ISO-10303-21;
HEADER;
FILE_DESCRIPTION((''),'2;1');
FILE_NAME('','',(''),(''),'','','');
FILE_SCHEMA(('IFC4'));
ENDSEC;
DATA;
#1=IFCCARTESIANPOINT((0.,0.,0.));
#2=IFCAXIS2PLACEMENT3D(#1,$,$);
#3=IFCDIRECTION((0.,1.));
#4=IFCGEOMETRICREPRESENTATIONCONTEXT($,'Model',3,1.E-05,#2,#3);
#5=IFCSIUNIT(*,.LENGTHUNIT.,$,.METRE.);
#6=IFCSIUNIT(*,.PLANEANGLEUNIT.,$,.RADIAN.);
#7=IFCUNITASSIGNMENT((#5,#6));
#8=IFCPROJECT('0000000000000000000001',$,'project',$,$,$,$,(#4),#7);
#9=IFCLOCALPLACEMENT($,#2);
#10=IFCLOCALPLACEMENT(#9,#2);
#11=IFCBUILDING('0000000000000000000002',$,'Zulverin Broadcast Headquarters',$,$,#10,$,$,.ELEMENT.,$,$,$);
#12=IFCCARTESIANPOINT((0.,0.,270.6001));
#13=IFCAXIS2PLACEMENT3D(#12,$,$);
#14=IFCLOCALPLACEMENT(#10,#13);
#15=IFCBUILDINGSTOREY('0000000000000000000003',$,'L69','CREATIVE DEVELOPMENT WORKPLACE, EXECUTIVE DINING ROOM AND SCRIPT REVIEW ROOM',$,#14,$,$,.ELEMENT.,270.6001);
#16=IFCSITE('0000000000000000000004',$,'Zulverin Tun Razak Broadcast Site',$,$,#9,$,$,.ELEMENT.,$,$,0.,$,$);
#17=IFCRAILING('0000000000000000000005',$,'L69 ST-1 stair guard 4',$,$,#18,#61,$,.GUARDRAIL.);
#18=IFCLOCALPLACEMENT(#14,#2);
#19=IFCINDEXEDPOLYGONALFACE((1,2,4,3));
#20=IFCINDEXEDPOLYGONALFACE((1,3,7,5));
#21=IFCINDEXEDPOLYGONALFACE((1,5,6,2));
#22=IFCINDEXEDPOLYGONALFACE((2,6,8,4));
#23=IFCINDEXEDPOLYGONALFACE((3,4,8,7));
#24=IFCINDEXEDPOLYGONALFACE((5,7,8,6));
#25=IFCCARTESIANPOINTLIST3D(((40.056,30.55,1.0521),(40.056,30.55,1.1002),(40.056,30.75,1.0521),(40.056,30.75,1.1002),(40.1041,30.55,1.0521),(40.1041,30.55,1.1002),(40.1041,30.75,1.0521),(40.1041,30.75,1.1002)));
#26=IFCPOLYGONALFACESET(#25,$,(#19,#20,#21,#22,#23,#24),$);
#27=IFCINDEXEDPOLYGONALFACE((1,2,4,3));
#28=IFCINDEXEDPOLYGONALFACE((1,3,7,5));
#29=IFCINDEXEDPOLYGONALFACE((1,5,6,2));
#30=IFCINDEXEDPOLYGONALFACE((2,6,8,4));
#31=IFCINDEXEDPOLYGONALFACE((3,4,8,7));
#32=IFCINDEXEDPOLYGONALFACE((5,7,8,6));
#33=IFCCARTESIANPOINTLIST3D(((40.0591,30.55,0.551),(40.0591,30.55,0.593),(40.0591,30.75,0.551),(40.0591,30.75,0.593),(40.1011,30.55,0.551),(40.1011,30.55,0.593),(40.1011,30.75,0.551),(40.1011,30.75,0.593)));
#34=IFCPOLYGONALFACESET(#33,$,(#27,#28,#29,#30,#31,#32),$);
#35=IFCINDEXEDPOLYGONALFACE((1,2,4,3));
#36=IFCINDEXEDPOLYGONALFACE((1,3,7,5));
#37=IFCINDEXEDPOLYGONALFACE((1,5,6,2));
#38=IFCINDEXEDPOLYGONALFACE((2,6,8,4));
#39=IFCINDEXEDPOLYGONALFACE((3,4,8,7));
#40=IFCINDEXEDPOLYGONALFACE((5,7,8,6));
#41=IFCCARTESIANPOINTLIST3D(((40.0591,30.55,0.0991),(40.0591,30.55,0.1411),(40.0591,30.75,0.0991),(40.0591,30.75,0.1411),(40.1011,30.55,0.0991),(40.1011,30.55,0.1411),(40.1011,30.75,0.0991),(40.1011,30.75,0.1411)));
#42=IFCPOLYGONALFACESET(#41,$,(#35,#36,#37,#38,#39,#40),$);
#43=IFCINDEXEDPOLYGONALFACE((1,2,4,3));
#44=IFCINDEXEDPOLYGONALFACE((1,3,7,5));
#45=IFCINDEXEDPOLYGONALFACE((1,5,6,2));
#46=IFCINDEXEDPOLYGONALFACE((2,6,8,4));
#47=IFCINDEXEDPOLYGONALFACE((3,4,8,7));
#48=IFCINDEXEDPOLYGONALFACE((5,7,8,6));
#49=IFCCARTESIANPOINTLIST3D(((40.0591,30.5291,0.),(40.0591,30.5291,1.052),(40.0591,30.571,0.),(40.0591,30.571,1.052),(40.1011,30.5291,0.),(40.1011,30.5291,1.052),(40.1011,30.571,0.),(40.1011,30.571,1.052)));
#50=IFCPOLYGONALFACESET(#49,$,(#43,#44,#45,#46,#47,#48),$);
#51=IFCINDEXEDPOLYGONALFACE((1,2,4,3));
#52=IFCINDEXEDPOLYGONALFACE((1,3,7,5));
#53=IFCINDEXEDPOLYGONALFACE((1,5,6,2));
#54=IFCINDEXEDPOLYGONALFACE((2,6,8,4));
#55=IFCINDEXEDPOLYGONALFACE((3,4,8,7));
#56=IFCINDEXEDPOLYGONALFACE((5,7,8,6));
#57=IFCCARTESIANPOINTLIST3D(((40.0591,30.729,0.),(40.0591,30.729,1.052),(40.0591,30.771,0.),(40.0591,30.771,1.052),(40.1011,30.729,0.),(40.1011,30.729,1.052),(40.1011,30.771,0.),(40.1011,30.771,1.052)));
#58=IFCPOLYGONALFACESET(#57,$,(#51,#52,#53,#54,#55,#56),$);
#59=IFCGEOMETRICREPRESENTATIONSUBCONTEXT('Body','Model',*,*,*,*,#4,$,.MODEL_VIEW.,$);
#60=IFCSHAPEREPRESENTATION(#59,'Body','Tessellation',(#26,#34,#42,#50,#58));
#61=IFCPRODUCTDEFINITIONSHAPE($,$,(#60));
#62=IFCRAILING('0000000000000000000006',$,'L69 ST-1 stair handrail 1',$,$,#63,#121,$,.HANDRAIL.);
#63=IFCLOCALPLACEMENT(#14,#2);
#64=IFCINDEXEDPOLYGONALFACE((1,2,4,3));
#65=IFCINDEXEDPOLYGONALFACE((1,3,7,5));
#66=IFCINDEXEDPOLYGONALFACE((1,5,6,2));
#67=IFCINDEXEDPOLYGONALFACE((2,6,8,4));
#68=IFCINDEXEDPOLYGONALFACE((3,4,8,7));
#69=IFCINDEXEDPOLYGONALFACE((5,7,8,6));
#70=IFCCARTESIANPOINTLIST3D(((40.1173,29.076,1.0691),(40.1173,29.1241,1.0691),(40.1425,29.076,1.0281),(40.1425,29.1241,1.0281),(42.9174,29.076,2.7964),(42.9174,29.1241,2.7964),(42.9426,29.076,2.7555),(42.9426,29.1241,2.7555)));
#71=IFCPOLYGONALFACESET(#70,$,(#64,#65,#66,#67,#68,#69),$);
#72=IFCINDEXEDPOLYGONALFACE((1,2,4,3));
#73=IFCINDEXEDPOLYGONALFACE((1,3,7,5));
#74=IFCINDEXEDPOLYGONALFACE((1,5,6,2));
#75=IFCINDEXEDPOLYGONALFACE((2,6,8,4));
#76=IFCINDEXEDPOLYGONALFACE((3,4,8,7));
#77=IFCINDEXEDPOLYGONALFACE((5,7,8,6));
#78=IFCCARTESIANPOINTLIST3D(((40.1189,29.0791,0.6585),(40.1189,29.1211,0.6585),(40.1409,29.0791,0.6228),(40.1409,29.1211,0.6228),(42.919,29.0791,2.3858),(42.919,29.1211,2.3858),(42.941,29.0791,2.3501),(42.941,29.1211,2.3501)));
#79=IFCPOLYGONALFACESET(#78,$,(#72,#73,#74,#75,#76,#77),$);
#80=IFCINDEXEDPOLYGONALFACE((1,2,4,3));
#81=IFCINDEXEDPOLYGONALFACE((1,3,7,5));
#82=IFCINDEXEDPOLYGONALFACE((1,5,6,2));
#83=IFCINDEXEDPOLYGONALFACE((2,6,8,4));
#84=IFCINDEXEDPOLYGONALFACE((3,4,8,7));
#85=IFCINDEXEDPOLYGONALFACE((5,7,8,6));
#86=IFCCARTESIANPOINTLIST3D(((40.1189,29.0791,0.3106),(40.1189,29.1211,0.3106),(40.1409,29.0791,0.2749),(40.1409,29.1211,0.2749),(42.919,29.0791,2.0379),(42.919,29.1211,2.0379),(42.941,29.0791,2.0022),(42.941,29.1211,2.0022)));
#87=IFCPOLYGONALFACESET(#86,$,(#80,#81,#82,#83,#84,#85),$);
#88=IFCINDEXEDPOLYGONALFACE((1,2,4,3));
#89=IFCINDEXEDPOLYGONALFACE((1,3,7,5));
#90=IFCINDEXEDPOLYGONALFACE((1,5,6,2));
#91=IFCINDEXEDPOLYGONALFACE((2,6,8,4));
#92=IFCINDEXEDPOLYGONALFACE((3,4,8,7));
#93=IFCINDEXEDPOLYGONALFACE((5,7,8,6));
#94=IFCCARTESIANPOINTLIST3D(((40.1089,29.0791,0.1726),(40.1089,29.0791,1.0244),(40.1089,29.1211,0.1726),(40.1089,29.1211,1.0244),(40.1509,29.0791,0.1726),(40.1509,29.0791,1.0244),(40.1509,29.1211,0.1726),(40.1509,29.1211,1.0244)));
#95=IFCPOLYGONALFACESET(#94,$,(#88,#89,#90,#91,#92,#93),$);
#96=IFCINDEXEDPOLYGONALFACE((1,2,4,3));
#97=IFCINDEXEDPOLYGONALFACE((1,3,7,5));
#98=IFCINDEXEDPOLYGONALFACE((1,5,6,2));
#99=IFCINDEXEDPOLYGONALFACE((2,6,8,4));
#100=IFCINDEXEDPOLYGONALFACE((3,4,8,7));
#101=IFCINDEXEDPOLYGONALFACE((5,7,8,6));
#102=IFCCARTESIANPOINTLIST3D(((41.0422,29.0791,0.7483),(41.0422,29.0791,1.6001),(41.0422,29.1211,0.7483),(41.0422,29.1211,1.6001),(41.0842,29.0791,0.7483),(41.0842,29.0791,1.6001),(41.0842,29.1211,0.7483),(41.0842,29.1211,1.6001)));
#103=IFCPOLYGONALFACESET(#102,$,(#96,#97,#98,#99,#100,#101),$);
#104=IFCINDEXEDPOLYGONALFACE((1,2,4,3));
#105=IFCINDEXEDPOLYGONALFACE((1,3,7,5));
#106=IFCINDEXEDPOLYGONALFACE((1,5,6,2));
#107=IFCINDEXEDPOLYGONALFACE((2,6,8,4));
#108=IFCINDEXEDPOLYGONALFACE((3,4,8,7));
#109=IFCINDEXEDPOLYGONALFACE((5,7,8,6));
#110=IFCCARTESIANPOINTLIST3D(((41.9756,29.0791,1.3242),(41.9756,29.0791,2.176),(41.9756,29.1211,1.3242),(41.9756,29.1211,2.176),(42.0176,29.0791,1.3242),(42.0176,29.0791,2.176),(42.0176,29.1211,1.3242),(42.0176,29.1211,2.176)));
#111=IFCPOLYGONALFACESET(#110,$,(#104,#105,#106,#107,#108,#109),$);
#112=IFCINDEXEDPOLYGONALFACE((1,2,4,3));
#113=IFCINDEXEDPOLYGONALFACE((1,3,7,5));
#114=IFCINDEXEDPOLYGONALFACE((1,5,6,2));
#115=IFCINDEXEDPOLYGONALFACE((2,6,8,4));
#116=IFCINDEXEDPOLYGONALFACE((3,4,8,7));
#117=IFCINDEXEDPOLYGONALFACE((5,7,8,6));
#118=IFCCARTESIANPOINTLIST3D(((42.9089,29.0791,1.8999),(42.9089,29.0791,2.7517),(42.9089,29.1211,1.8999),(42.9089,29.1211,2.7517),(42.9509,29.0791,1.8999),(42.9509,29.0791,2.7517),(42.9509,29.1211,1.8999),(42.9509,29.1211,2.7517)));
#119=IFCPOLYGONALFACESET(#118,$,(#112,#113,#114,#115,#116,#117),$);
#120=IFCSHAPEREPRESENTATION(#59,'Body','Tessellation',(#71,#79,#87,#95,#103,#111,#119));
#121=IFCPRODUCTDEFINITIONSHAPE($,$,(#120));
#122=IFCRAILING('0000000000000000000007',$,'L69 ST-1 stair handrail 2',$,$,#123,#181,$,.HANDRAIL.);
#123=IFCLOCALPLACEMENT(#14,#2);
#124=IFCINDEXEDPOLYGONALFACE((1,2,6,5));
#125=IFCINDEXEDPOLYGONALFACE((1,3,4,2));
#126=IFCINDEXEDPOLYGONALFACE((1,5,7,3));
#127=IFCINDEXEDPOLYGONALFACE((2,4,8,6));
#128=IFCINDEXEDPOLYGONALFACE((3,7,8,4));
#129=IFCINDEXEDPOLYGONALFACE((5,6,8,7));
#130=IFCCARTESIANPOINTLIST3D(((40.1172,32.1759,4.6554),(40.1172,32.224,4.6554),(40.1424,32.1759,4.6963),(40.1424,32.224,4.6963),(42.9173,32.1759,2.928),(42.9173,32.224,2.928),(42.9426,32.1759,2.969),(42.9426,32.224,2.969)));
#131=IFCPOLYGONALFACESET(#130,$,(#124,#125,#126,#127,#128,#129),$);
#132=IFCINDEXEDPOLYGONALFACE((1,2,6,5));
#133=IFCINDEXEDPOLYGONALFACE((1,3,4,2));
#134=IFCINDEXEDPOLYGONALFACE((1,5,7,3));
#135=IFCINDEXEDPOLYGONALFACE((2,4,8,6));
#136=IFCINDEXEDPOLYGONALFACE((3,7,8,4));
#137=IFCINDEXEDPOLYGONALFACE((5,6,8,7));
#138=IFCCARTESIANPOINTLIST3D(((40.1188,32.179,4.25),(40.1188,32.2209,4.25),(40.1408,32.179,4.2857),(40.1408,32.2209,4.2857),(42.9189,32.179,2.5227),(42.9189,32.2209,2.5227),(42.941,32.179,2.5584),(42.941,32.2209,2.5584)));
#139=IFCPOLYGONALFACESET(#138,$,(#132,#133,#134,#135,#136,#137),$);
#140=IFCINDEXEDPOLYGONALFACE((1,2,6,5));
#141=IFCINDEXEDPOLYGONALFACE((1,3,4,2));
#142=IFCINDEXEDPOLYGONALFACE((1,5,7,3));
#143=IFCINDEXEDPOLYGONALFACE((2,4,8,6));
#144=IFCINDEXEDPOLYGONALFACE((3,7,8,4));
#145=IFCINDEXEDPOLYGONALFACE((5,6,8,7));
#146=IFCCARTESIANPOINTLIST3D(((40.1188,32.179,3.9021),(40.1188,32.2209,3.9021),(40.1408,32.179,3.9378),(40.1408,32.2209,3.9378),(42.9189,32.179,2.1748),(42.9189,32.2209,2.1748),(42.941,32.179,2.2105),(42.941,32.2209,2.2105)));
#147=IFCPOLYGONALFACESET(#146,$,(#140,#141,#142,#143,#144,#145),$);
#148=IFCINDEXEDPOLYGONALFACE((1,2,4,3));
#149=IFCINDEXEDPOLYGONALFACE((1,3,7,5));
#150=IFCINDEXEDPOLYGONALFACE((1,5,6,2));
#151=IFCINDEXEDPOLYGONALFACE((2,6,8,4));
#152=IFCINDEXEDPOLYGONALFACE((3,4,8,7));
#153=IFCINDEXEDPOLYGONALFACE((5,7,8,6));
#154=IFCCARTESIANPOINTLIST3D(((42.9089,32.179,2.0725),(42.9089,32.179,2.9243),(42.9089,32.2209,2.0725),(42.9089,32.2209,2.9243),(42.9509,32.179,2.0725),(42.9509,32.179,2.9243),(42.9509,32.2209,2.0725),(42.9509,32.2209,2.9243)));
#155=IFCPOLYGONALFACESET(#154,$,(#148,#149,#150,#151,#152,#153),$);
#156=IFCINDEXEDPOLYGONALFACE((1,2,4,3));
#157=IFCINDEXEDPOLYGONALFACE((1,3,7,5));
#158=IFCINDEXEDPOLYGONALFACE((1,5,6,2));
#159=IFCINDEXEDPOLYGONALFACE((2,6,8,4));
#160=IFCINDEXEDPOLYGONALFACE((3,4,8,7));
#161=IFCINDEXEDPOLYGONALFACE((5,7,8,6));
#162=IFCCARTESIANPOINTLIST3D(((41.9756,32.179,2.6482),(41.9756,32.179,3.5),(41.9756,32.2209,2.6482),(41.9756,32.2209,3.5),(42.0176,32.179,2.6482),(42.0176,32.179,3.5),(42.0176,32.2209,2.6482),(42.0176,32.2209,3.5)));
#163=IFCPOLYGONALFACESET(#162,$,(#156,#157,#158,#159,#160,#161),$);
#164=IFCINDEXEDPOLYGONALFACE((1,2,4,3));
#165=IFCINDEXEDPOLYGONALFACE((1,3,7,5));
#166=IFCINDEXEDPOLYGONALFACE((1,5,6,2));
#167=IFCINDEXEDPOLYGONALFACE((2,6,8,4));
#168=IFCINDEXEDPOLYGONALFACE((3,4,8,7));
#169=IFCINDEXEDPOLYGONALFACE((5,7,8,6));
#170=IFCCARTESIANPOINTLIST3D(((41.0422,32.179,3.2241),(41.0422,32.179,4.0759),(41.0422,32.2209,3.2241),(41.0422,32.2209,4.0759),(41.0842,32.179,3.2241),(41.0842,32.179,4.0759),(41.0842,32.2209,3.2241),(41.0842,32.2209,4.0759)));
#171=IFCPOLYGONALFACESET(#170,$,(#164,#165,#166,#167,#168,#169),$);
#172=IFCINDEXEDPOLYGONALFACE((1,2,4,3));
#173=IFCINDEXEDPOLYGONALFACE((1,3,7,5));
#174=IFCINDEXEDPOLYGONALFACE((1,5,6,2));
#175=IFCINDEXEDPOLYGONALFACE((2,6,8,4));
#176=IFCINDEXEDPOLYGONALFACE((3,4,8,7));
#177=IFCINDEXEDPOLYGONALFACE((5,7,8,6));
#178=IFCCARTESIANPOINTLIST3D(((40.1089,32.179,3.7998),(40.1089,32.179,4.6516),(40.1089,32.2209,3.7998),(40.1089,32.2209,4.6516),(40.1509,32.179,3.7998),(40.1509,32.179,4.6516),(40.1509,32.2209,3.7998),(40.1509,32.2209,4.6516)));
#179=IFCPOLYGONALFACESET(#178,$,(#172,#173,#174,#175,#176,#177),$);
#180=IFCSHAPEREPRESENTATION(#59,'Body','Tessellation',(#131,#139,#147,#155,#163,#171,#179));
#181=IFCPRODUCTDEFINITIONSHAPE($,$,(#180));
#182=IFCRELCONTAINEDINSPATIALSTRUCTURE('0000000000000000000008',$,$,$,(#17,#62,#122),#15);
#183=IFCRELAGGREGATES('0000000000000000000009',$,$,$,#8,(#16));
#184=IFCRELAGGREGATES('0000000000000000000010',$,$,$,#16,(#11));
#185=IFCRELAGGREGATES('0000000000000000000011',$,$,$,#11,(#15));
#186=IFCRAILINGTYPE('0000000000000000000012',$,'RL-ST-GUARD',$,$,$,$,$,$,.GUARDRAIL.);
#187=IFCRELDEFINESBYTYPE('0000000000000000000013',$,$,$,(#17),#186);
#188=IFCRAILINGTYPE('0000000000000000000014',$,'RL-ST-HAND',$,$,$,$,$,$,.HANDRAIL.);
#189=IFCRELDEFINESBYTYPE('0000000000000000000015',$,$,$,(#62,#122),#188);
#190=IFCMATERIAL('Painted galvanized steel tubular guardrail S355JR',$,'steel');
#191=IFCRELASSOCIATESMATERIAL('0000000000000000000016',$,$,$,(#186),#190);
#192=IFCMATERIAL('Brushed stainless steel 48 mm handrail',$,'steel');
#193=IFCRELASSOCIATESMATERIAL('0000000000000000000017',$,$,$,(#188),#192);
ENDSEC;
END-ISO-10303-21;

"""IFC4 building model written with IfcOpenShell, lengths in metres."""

from ifc_helpers import new_model, si_unit, direction, frame, origin, origin_2d, place, context, subcontext, project, spatial, rectangle, extrude, material, type_object, element, save


model = new_model("IFC4")

# Units and contexts
model_context = context("Model", 3, precision=1e-05, world=origin(), true_north=direction((0.0, 1.0)))
body_context = subcontext(model_context, "Body", "Model", "MODEL_VIEW")
ifc_project = project(units=[si_unit("LENGTHUNIT", "METRE"), si_unit("PLANEANGLEUNIT", "RADIAN")], contexts=[model_context])

# Site, building, storey
site_placement = place(None, origin())
site = spatial("IfcSite", under=ifc_project, at=site_placement, Name="Zulverin Tun Razak Broadcast Site", CompositionType="ELEMENT", RefElevation=0.0)
building_placement = place(site_placement, origin())
building = spatial("IfcBuilding", under=site, at=building_placement, Name="Zulverin Broadcast Headquarters", CompositionType="ELEMENT")
storey_placement = place(building_placement, frame((0.0, 0.0, 270.6001)))
storey = spatial("IfcBuildingStorey", under=building, at=storey_placement, Name="L69", Description="CREATIVE DEVELOPMENT WORKPLACE, EXECUTIVE DINING ROOM AND SCRIPT REVIEW ROOM", CompositionType="ELEMENT", Elevation=270.6001)

# Railings
ifc_material_1 = material(Name="Painted galvanized steel tubular guardrail S355JR", Category="steel")
railing_type_1 = type_object("IfcRailingType", Name="RL-ST-GUARD", PredefinedType="GUARDRAIL", material=ifc_material_1)
railing_1_placement = place(storey_placement, frame((40.0801, 30.55, 0.0)))
element("IfcRailing", 1, at=railing_1_placement, inside=storey, type_object=railing_type_1, Name="L69 ST-1 stair guard 4", PredefinedType="GUARDRAIL", context=body_context, shape_type="SweptSolid", body=[
    extrude(rectangle(XDim=0.0481, YDim=0.0481, at=origin_2d()), frame((0.0, 0.0, 1.0762), z_axis=(0.0, 1.0, 0.0), x_axis=(-1.0, 0.0, 0.0)), (0.0, 0.0, 1.0), 0.2),
    extrude(rectangle(XDim=0.042, YDim=0.042, at=origin_2d()), frame((0.0, 0.0, 0.572), z_axis=(0.0, 1.0, 0.0), x_axis=(-1.0, 0.0, 0.0)), (0.0, 0.0, 1.0), 0.2),
    extrude(rectangle(XDim=0.042, YDim=0.042, at=origin_2d()), frame((0.0, 0.0, 0.1201), z_axis=(0.0, 1.0, 0.0), x_axis=(-1.0, 0.0, 0.0)), (0.0, 0.0, 1.0), 0.2),
    extrude(rectangle(XDim=0.042, YDim=0.042, at=origin_2d()), origin(), (0.0, 0.0, 1.0), 1.052),
    extrude(rectangle(XDim=0.042, YDim=0.042, at=origin_2d()), frame((0.0, 0.2, 0.0)), (0.0, 0.0, 1.0), 1.052),
])
ifc_material_2 = material(Name="Brushed stainless steel 48 mm handrail", Category="steel")
railing_type_2 = type_object("IfcRailingType", Name="RL-ST-HAND", PredefinedType="HANDRAIL", material=ifc_material_2)
railing_2_placement = place(storey_placement, frame((40.1299, 29.1001, 0.1726)))
element("IfcRailing", 2, at=railing_2_placement, inside=storey, type_object=railing_type_2, Name="L69 ST-1 stair handrail 1", PredefinedType="HANDRAIL", context=body_context, shape_type="SweptSolid", body=[
    extrude(rectangle(XDim=0.0481, YDim=0.0481, at=origin_2d()), frame((0.0, 0.0, 0.876), z_axis=(0.85109, 0.0, 0.52502), x_axis=(0.0, 1.0, 0.0)), (0.0, 0.0, 1.0), 3.29),
    extrude(rectangle(XDim=0.042, YDim=0.042, at=origin_2d()), frame((0.0, 0.0, 0.468), z_axis=(0.85109, 0.0, 0.52502), x_axis=(0.0, 1.0, 0.0)), (0.0, 0.0, 1.0), 3.29),
    extrude(rectangle(XDim=0.042, YDim=0.042, at=origin_2d()), frame((0.0, 0.0, 0.1201), z_axis=(0.85109, 0.0, 0.52502), x_axis=(0.0, 1.0, 0.0)), (0.0, 0.0, 1.0), 3.29),
    extrude(rectangle(XDim=0.042, YDim=0.042, at=origin_2d()), origin(), (0.0, 0.0, 1.0), 0.8518),
    extrude(rectangle(XDim=0.042, YDim=0.042, at=origin_2d()), frame((0.9333, 0.0, 0.5757)), (0.0, 0.0, 1.0), 0.8518),
    extrude(rectangle(XDim=0.042, YDim=0.042, at=origin_2d()), frame((1.8667, 0.0, 1.1516)), (0.0, 0.0, 1.0), 0.8518),
    extrude(rectangle(XDim=0.042, YDim=0.042, at=origin_2d()), frame((2.8, 0.0, 1.7273)), (0.0, 0.0, 1.0), 0.8518),
])
railing_3_placement = place(storey_placement, frame((42.9299, 32.2, 2.0725)))
element("IfcRailing", 3, at=railing_3_placement, inside=storey, type_object=railing_type_2, Name="L69 ST-1 stair handrail 2", PredefinedType="HANDRAIL", context=body_context, shape_type="SweptSolid", body=[
    extrude(rectangle(XDim=0.0481, YDim=0.0481, at=origin_2d()), frame((0.0, 0.0, 0.876), z_axis=(-0.85109, 0.0, 0.52502), x_axis=(0.0, -1.0, 0.0)), (0.0, 0.0, 1.0), 3.29),
    extrude(rectangle(XDim=0.042, YDim=0.042, at=origin_2d()), frame((0.0, 0.0, 0.468), z_axis=(-0.85109, 0.0, 0.52502), x_axis=(0.0, -1.0, 0.0)), (0.0, 0.0, 1.0), 3.29),
    extrude(rectangle(XDim=0.042, YDim=0.042, at=origin_2d()), frame((0.0, 0.0, 0.1201), z_axis=(-0.85109, 0.0, 0.52502), x_axis=(0.0, -1.0, 0.0)), (0.0, 0.0, 1.0), 3.29),
    extrude(rectangle(XDim=0.042, YDim=0.042, at=origin_2d()), origin(), (0.0, 0.0, 1.0), 0.8518),
    extrude(rectangle(XDim=0.042, YDim=0.042, at=origin_2d()), frame((-0.9333, 0.0, 0.5757)), (0.0, 0.0, 1.0), 0.8518),
    extrude(rectangle(XDim=0.042, YDim=0.042, at=origin_2d()), frame((-1.8667, 0.0, 1.1516)), (0.0, 0.0, 1.0), 0.8518),
    extrude(rectangle(XDim=0.042, YDim=0.042, at=origin_2d()), frame((-2.8, 0.0, 1.7273)), (0.0, 0.0, 1.0), 0.8518),
])

save(model, "model.ifc")
